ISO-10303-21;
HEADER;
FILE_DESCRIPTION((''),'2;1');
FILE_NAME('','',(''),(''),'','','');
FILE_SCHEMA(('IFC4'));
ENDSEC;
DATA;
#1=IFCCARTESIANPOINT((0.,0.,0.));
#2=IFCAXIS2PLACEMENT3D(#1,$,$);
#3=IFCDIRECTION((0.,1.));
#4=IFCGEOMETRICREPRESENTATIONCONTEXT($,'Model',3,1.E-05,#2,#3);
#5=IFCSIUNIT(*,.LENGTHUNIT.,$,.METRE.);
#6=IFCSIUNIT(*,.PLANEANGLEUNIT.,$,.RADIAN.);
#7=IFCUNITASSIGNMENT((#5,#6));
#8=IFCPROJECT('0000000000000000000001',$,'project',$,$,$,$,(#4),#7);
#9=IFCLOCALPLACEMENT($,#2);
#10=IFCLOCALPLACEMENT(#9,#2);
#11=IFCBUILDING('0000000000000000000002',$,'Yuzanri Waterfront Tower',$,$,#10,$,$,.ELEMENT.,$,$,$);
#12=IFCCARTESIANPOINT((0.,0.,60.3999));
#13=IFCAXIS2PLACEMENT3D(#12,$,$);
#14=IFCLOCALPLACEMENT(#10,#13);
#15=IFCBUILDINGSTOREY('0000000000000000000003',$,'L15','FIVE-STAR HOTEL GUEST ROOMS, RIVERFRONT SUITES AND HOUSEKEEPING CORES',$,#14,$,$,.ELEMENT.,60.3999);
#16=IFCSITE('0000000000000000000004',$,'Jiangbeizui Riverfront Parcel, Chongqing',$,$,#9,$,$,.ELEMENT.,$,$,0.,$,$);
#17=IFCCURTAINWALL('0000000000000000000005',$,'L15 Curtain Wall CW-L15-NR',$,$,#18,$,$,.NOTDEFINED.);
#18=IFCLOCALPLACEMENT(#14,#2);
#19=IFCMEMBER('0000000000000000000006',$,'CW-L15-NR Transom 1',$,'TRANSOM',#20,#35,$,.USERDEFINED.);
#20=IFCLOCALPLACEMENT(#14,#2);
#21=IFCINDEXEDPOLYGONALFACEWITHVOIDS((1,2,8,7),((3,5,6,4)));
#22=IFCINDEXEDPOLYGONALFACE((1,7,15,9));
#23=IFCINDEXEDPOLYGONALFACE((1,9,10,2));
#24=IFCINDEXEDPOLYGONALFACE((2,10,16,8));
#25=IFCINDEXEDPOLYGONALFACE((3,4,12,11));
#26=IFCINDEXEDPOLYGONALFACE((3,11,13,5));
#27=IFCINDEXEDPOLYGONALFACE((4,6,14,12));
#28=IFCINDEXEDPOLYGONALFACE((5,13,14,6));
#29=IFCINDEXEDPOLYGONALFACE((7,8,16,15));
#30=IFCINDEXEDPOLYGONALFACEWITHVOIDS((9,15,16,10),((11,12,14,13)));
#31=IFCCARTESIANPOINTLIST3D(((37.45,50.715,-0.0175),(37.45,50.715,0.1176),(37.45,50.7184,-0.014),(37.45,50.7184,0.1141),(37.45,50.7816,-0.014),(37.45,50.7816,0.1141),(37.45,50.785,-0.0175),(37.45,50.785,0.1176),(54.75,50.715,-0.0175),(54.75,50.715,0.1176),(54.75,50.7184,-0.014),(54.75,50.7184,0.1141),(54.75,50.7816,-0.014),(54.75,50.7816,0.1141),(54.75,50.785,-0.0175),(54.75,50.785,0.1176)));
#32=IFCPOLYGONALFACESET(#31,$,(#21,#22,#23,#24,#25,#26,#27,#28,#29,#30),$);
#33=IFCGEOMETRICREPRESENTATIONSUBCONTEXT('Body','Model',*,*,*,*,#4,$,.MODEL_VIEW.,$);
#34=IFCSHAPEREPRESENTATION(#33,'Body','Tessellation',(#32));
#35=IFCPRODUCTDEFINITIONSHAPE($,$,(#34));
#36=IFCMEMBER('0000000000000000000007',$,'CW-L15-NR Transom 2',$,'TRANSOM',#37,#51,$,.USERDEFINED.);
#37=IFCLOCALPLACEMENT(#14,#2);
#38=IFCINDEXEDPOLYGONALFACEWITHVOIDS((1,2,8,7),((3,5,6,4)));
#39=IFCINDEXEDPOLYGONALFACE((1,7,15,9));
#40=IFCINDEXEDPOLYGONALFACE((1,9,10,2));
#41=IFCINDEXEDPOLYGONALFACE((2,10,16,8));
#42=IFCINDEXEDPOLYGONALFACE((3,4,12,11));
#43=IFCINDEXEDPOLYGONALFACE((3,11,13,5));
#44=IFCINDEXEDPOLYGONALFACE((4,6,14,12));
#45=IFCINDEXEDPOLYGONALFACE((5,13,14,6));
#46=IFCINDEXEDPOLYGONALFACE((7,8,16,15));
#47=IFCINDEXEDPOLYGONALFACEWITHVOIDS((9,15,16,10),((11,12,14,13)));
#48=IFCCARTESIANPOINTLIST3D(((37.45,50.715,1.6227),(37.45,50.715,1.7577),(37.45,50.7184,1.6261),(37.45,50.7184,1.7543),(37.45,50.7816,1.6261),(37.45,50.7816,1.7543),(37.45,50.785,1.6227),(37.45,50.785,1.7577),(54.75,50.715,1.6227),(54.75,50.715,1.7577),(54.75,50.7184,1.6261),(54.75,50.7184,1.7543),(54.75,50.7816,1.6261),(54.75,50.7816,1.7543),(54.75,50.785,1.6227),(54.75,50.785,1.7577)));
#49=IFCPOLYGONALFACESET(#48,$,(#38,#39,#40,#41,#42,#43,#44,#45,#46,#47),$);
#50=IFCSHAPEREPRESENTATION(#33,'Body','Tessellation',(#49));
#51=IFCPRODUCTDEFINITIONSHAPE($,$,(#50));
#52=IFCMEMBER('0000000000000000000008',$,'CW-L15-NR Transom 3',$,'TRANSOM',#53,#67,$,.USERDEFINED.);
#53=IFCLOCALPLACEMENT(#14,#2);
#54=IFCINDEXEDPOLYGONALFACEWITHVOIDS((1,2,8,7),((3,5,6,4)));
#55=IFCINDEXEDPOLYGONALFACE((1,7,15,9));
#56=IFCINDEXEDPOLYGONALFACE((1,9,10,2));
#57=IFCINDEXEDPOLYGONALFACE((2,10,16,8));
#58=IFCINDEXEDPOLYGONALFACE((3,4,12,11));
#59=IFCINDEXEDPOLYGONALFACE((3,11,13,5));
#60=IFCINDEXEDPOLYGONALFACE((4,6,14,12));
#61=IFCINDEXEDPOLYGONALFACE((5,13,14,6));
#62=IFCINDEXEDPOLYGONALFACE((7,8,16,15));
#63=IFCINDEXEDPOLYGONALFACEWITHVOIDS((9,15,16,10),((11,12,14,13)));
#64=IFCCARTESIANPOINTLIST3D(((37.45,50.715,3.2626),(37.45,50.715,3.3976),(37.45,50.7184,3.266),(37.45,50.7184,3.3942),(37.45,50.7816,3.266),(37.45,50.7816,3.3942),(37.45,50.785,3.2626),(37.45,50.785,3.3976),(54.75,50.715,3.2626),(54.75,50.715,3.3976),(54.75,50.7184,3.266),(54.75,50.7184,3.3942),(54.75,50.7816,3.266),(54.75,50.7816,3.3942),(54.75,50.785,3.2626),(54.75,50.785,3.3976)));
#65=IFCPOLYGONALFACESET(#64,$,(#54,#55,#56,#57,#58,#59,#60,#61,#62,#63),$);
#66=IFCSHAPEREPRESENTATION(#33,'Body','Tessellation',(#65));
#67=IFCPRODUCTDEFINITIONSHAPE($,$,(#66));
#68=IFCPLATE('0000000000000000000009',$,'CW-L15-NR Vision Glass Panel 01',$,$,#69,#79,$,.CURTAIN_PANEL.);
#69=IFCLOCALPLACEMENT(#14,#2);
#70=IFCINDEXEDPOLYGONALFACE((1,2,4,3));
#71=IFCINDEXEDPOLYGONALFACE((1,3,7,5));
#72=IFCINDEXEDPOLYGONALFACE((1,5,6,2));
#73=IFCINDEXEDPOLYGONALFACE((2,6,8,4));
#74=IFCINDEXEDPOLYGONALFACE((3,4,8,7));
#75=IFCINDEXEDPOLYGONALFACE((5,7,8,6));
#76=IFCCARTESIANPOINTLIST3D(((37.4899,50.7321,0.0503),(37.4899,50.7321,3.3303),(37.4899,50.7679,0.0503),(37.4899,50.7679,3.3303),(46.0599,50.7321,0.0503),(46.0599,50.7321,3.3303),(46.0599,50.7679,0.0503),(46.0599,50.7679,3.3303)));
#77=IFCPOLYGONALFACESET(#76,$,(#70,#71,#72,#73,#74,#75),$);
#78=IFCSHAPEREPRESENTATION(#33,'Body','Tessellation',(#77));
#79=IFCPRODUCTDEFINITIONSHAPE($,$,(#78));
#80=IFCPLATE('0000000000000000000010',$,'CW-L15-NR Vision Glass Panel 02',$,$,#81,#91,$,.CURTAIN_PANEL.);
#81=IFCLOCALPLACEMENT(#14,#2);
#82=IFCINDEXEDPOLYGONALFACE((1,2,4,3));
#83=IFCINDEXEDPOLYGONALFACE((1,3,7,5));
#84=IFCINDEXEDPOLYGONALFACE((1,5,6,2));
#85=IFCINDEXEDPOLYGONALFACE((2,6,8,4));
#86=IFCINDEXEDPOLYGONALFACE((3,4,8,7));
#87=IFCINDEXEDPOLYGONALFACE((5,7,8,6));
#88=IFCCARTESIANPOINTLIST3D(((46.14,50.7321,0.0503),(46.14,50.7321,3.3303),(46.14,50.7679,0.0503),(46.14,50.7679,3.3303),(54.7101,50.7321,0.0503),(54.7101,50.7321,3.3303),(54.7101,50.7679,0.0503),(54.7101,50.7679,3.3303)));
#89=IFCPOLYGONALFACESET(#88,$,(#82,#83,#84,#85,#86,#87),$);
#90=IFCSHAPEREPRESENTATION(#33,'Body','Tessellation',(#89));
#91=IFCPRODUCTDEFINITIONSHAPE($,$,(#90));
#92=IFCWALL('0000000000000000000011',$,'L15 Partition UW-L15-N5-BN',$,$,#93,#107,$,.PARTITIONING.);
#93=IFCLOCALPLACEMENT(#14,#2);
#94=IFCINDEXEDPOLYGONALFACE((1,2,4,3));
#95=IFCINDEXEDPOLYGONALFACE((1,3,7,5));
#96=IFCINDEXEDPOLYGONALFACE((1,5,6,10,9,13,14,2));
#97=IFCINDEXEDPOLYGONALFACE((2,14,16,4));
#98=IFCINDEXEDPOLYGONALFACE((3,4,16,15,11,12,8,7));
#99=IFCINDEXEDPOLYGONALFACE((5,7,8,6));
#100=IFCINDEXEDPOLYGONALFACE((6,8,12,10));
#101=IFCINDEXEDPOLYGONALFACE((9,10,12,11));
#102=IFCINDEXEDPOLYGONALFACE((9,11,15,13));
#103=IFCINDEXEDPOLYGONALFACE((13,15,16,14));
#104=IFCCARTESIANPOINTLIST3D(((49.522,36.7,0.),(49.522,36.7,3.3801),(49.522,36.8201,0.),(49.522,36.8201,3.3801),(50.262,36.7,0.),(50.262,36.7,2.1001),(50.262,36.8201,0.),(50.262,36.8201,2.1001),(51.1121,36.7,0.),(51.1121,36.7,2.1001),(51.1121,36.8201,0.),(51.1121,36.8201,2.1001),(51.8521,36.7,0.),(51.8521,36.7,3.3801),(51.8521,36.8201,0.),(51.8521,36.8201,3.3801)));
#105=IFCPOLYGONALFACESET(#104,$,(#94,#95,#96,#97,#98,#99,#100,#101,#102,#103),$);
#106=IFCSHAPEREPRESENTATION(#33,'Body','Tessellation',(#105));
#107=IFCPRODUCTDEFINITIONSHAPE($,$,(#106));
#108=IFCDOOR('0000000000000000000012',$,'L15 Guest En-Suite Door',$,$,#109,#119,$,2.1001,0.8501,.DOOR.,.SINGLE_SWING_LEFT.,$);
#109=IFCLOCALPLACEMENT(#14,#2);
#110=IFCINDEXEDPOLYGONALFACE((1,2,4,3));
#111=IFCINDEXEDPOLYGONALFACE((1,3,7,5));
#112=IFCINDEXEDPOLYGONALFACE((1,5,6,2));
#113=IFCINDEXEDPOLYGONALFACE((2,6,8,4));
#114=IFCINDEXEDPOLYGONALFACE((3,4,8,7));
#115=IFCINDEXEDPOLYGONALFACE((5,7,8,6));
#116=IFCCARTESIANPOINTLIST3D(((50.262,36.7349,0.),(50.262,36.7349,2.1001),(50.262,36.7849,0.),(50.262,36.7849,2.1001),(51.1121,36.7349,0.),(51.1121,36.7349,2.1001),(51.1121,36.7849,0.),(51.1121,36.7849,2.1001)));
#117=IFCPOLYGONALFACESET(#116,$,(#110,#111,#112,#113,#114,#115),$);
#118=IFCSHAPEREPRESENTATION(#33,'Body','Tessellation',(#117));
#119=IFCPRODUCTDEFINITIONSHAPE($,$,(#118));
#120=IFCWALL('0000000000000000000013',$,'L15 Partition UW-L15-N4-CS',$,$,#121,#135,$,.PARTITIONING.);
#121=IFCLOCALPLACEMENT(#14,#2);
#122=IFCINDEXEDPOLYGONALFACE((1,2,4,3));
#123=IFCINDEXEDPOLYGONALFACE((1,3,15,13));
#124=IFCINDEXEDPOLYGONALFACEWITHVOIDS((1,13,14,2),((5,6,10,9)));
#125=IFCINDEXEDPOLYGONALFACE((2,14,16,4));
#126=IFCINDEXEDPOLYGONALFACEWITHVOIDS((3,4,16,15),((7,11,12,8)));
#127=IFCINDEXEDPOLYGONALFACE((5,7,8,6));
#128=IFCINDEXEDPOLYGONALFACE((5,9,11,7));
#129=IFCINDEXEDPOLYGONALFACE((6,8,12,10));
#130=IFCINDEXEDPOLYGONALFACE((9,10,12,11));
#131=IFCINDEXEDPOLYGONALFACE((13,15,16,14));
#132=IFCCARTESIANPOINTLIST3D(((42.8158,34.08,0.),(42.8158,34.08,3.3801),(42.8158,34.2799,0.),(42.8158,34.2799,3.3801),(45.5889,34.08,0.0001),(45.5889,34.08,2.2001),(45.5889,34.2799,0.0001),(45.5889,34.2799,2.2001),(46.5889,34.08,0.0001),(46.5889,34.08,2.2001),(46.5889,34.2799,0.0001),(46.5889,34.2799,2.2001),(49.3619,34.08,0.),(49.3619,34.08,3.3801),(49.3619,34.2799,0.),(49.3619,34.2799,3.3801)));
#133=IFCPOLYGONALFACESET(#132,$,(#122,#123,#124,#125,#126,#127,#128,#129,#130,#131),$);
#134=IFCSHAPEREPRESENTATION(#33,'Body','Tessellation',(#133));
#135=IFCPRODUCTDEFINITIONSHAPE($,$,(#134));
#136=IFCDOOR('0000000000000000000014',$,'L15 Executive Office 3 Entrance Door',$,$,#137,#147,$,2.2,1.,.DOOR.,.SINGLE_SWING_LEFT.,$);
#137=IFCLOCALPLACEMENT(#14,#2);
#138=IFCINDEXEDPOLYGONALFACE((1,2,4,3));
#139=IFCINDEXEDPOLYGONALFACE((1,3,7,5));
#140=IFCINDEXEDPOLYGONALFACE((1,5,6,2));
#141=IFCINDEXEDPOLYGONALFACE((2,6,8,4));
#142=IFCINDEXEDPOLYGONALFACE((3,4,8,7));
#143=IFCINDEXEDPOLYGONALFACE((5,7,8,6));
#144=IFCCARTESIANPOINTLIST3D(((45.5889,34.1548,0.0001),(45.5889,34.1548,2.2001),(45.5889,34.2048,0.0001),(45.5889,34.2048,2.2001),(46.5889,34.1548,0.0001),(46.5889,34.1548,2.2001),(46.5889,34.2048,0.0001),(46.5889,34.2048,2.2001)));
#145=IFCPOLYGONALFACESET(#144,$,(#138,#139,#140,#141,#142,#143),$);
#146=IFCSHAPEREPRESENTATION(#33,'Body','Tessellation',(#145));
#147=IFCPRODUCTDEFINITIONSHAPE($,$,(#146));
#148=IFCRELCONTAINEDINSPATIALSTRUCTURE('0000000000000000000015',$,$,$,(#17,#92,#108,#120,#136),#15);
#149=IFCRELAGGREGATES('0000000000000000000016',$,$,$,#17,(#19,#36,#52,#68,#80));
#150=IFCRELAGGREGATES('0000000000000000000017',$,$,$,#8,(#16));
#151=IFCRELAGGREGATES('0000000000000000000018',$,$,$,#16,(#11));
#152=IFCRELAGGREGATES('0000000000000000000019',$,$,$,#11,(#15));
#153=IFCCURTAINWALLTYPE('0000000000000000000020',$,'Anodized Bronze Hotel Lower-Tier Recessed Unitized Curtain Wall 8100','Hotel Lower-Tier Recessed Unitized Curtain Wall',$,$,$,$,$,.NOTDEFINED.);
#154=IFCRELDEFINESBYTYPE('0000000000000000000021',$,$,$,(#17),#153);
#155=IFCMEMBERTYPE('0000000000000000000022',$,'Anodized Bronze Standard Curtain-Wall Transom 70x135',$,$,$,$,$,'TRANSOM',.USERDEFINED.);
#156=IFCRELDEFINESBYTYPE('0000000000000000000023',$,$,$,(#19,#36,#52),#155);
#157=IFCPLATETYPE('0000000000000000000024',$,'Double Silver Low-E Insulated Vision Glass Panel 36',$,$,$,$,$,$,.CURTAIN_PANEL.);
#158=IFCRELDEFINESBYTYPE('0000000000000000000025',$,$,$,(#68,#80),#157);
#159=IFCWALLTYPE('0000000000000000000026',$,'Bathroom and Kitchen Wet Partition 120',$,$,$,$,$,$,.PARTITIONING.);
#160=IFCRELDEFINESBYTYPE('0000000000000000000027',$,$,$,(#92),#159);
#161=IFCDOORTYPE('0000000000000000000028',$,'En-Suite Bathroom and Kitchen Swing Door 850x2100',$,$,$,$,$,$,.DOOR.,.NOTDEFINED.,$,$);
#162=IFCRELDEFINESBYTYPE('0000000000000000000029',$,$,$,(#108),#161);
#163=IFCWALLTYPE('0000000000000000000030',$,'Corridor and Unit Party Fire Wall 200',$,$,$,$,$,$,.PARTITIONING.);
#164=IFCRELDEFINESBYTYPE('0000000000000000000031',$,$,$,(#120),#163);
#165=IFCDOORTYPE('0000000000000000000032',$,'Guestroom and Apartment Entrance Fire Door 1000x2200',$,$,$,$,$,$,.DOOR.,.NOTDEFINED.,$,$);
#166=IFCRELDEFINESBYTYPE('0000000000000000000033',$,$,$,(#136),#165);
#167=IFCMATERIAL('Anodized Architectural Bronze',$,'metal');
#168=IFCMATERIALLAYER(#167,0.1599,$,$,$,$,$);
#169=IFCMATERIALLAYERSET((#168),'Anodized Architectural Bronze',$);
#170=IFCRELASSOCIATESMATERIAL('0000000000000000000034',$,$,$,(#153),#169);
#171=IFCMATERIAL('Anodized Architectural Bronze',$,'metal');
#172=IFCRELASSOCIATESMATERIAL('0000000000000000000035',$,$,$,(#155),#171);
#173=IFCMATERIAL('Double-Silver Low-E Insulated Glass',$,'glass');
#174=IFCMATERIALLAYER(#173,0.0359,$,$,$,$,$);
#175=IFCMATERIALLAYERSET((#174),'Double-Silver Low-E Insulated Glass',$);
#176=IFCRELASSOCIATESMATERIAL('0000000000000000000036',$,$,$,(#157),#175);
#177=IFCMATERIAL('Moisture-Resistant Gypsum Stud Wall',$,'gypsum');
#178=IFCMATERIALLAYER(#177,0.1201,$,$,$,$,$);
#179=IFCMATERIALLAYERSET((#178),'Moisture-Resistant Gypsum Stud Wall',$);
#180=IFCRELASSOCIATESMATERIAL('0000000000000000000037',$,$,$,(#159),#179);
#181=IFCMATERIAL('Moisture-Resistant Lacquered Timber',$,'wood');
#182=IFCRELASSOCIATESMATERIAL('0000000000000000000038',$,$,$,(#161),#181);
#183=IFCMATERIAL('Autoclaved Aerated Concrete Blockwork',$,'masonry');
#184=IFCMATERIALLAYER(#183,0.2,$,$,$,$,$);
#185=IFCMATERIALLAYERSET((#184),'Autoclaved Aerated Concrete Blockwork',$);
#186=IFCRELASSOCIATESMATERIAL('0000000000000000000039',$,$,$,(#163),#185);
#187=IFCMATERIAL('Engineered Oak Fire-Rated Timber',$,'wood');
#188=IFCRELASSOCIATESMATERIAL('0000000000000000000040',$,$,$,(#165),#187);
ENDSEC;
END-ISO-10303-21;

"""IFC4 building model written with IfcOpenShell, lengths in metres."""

from ifc_helpers import new_model, si_unit, direction, frame, frame_2d, origin, origin_2d, place, context, subcontext, project, spatial, rectangle, hollow_rectangle, extrude, source, transform, mapped, material, layer, layer_set, material_profile, profile_set, type_object, element, fill, aggregate, save


model = new_model("IFC4")

# Units and contexts
model_context = context("Model", 3, precision=1e-05, world=origin(), true_north=direction((0.0, 1.0)))
body_context = subcontext(model_context, "Body", "Model", "MODEL_VIEW")
ifc_project = project(units=[si_unit("LENGTHUNIT", "METRE"), si_unit("PLANEANGLEUNIT", "RADIAN")], contexts=[model_context])

# Site, building, storey
site_placement = place(None, origin())
site = spatial("IfcSite", under=ifc_project, at=site_placement, Name="Jiangbeizui Riverfront Parcel, Chongqing", CompositionType="ELEMENT", RefElevation=0.0)
building_placement = place(site_placement, origin())
building = spatial("IfcBuilding", under=site, at=building_placement, Name="Yuzanri Waterfront Tower", CompositionType="ELEMENT")
storey_placement = place(building_placement, frame((0.0, 0.0, 60.3999)))
storey = spatial("IfcBuildingStorey", under=building, at=storey_placement, Name="L15", Description="FIVE-STAR HOTEL GUEST ROOMS, RIVERFRONT SUITES AND HOUSEKEEPING CORES", CompositionType="ELEMENT", Elevation=60.3999)

# Shared definitions
ifc_material_1 = material(Name="Anodized Architectural Bronze", Category="metal")
ifc_layer_1 = layer(ifc_material_1, 0.1599)
ifc_layer_set_1 = layer_set([ifc_layer_1], Name="Anodized Architectural Bronze")
curtain_wall_type = type_object("IfcCurtainWallType", Name="Anodized Bronze Hotel Lower-Tier Recessed Unitized Curtain Wall 8100", Description="Hotel Lower-Tier Recessed Unitized Curtain Wall", PredefinedType="NOTDEFINED", material=ifc_layer_set_1)

# Curtain wall, members, plates
curtain_wall_1_placement = place(storey_placement, origin())
curtain_wall_1 = element("IfcCurtainWall", 1, at=curtain_wall_1_placement, inside=storey, type_object=curtain_wall_type, Name="L15 Curtain Wall CW-L15-NR", PredefinedType="NOTDEFINED")
ifc_material_2 = material(Name="Anodized Architectural Bronze", Category="metal")
ifc_material_profile_1 = material_profile(ifc_material_2, hollow_rectangle(XDim=0.0701, YDim=0.135, WallThickness=0.0034, at=origin_2d()), Name="CWT 70x135")
ifc_profile_set_1 = profile_set([ifc_material_profile_1], Name="Anodized Architectural Bronze")
member_type_1 = type_object("IfcMemberType", Name="Anodized Bronze Standard Curtain-Wall Transom 70x135", ElementType="TRANSOM", PredefinedType="USERDEFINED", material=ifc_profile_set_1)
shared_shape_1 = source(origin(), body_context, "Body", "SweptSolid", [
    extrude(hollow_rectangle(XDim=0.0701, YDim=0.135, WallThickness=0.0034, at=origin_2d()), origin(), (0.0, 0.0, 1.0), 17.3),
])
member_1_placement = place(storey_placement, frame((37.45, 50.75, 0.05), z_axis=(1.0, 0.0, 0.0), x_axis=(0.0, 1.0, 0.0)))
member_1 = element("IfcMember", 2, at=member_1_placement, type_object=member_type_1, Name="CW-L15-NR Transom 1", ObjectType="TRANSOM", PredefinedType="USERDEFINED", context=body_context, shape_type="MappedRepresentation", body=[
    mapped(shared_shape_1, transform((0.0, 0.0, 0.0), scale=1.0)),
])
member_2_placement = place(storey_placement, frame((37.45, 50.75, 1.6902), z_axis=(1.0, 0.0, 0.0), x_axis=(0.0, 1.0, 0.0)))
member_2 = element("IfcMember", 3, at=member_2_placement, type_object=member_type_1, Name="CW-L15-NR Transom 2", ObjectType="TRANSOM", PredefinedType="USERDEFINED", context=body_context, shape_type="MappedRepresentation", body=[
    mapped(shared_shape_1, transform((0.0, 0.0, 0.0), scale=1.0)),
])
member_3_placement = place(storey_placement, frame((37.45, 50.75, 3.3301), z_axis=(1.0, 0.0, 0.0), x_axis=(0.0, 1.0, 0.0)))
member_3 = element("IfcMember", 4, at=member_3_placement, type_object=member_type_1, Name="CW-L15-NR Transom 3", ObjectType="TRANSOM", PredefinedType="USERDEFINED", context=body_context, shape_type="MappedRepresentation", body=[
    mapped(shared_shape_1, transform((0.0, 0.0, 0.0), scale=1.0)),
])
ifc_material_3 = material(Name="Double-Silver Low-E Insulated Glass", Category="glass")
ifc_layer_2 = layer(ifc_material_3, 0.0359)
ifc_layer_set_2 = layer_set([ifc_layer_2], Name="Double-Silver Low-E Insulated Glass")
plate_type = type_object("IfcPlateType", Name="Double Silver Low-E Insulated Vision Glass Panel 36", PredefinedType="CURTAIN_PANEL", material=ifc_layer_set_2)
shared_shape_2 = source(origin(), body_context, "Body", "SweptSolid", [
    extrude(rectangle(XDim=8.5701, YDim=0.0359, at=origin_2d()), origin(), (0.0, 0.0, 1.0), 3.28),
])
plate_1_placement = place(storey_placement, frame((41.7749, 50.75, 0.0503), z_axis=(0.0, 0.0, 1.0), x_axis=(1.0, 0.0, 0.0)))
plate_1 = element("IfcPlate", 5, at=plate_1_placement, type_object=plate_type, Name="CW-L15-NR Vision Glass Panel 01", PredefinedType="CURTAIN_PANEL", context=body_context, shape_type="MappedRepresentation", body=[
    mapped(shared_shape_2, transform((0.0, 0.0, 0.0), scale=1.0)),
])
plate_2_placement = place(storey_placement, frame((50.425, 50.75, 0.0503), z_axis=(0.0, 0.0, 1.0), x_axis=(1.0, 0.0, 0.0)))
plate_2 = element("IfcPlate", 6, at=plate_2_placement, type_object=plate_type, Name="CW-L15-NR Vision Glass Panel 02", PredefinedType="CURTAIN_PANEL", context=body_context, shape_type="MappedRepresentation", body=[
    mapped(shared_shape_2, transform((0.0, 0.0, 0.0), scale=1.0)),
])
aggregate(curtain_wall_1, [member_1, member_2, member_3, plate_1, plate_2])

# Walls, openings, doors
ifc_material_4 = material(Name="Moisture-Resistant Gypsum Stud Wall", Category="gypsum")
ifc_layer_3 = layer(ifc_material_4, 0.1201)
ifc_layer_set_3 = layer_set([ifc_layer_3], Name="Moisture-Resistant Gypsum Stud Wall")
wall_type_1 = type_object("IfcWallType", Name="Bathroom and Kitchen Wet Partition 120", PredefinedType="PARTITIONING", material=ifc_layer_set_3)
wall_1_placement = place(storey_placement, frame((49.522, 36.76, 0.0), z_axis=(0.0, 0.0, 1.0), x_axis=(1.0, 0.0, 0.0)))
wall_1 = element("IfcWall", 7, at=wall_1_placement, inside=storey, type_object=wall_type_1, Name="L15 Partition UW-L15-N5-BN", PredefinedType="PARTITIONING", context=body_context, shape_type="SweptSolid", body=[
    extrude(rectangle(XDim=2.3301, YDim=0.1201, at=frame_2d((1.165, 0.0))), origin(), (0.0, 0.0, 1.0), 3.3801),
])
opening_1_placement = place(wall_1_placement, frame((0.74, 0.0, 0.0)))
opening_1 = element("IfcOpeningElement", 8, at=opening_1_placement, cuts=wall_1, PredefinedType="OPENING", context=body_context, shape_type="SweptSolid", body=[
    extrude(rectangle(XDim=0.8501, YDim=2.1001, at=frame_2d((0.425, 1.05))), frame((0.0, 0.075, 0.0), z_axis=(0.0, -1.0, 0.0), x_axis=(1.0, 0.0, 0.0)), (0.0, 0.0, 1.0), 0.1499),
])
ifc_material_5 = material(Name="Moisture-Resistant Lacquered Timber", Category="wood")
door_type_1 = type_object("IfcDoorType", Name="En-Suite Bathroom and Kitchen Swing Door 850x2100", OperationType="NOTDEFINED", PredefinedType="DOOR", material=ifc_material_5)
shared_shape_3 = source(origin(), body_context, "Body", "SweptSolid", [
    extrude(rectangle(XDim=0.8501, YDim=2.1001, at=frame_2d((0.425, 1.05))), frame((0.0, 0.0249, 0.0), z_axis=(0.0, -1.0, 0.0), x_axis=(1.0, 0.0, 0.0)), (0.0, 0.0, 1.0), 0.05),
])
door_1_placement = place(opening_1_placement, origin())
door_1 = element("IfcDoor", 9, at=door_1_placement, inside=storey, type_object=door_type_1, Name="L15 Guest En-Suite Door", OperationType="SINGLE_SWING_LEFT", OverallHeight=2.1001, OverallWidth=0.8501, PredefinedType="DOOR", context=body_context, shape_type="MappedRepresentation", body=[
    mapped(shared_shape_3, transform((0.0, 0.0, 0.0), scale=1.0)),
])
fill(opening_1, door_1)
ifc_material_6 = material(Name="Autoclaved Aerated Concrete Blockwork", Category="masonry")
ifc_layer_4 = layer(ifc_material_6, 0.2)
ifc_layer_set_4 = layer_set([ifc_layer_4], Name="Autoclaved Aerated Concrete Blockwork")
wall_type_2 = type_object("IfcWallType", Name="Corridor and Unit Party Fire Wall 200", PredefinedType="PARTITIONING", material=ifc_layer_set_4)
wall_2_placement = place(storey_placement, frame((42.8159, 34.1799, 0.0), z_axis=(0.0, 0.0, 1.0), x_axis=(1.0, 0.0, 0.0)))
wall_2 = element("IfcWall", 10, at=wall_2_placement, inside=storey, type_object=wall_type_2, Name="L15 Partition UW-L15-N4-CS", PredefinedType="PARTITIONING", context=body_context, shape_type="SweptSolid", body=[
    extrude(rectangle(XDim=6.5461, YDim=0.2, at=frame_2d((3.2729, 0.0))), origin(), (0.0, 0.0, 1.0), 3.3801),
])
opening_2_placement = place(wall_2_placement, frame((2.7729, 0.0, 0.0)))
opening_2 = element("IfcOpeningElement", 11, at=opening_2_placement, cuts=wall_2, PredefinedType="OPENING", context=body_context, shape_type="SweptSolid", body=[
    extrude(rectangle(XDim=1.0, YDim=2.2, at=frame_2d((0.5, 1.1001))), frame((0.0, 0.1147, 0.0), z_axis=(0.0, -1.0, 0.0), x_axis=(1.0, 0.0, 0.0)), (0.0, 0.0, 1.0), 0.2297),
])
ifc_material_7 = material(Name="Engineered Oak Fire-Rated Timber", Category="wood")
door_type_2 = type_object("IfcDoorType", Name="Guestroom and Apartment Entrance Fire Door 1000x2200", OperationType="NOTDEFINED", PredefinedType="DOOR", material=ifc_material_7)
shared_shape_4 = source(origin(), body_context, "Body", "SweptSolid", [
    extrude(rectangle(XDim=1.0, YDim=2.2, at=frame_2d((0.5, 1.1001))), frame((0.0, 0.0249, 0.0), z_axis=(0.0, -1.0, 0.0), x_axis=(1.0, 0.0, 0.0)), (0.0, 0.0, 1.0), 0.05),
])
door_2_placement = place(opening_2_placement, origin())
door_2 = element("IfcDoor", 12, at=door_2_placement, inside=storey, type_object=door_type_2, Name="L15 Executive Office 3 Entrance Door", OperationType="SINGLE_SWING_LEFT", OverallHeight=2.2, OverallWidth=1.0, PredefinedType="DOOR", context=body_context, shape_type="MappedRepresentation", body=[
    mapped(shared_shape_4, transform((0.0, 0.0, 0.0), scale=1.0)),
])
fill(opening_2, door_2)

save(model, "model.ifc")
